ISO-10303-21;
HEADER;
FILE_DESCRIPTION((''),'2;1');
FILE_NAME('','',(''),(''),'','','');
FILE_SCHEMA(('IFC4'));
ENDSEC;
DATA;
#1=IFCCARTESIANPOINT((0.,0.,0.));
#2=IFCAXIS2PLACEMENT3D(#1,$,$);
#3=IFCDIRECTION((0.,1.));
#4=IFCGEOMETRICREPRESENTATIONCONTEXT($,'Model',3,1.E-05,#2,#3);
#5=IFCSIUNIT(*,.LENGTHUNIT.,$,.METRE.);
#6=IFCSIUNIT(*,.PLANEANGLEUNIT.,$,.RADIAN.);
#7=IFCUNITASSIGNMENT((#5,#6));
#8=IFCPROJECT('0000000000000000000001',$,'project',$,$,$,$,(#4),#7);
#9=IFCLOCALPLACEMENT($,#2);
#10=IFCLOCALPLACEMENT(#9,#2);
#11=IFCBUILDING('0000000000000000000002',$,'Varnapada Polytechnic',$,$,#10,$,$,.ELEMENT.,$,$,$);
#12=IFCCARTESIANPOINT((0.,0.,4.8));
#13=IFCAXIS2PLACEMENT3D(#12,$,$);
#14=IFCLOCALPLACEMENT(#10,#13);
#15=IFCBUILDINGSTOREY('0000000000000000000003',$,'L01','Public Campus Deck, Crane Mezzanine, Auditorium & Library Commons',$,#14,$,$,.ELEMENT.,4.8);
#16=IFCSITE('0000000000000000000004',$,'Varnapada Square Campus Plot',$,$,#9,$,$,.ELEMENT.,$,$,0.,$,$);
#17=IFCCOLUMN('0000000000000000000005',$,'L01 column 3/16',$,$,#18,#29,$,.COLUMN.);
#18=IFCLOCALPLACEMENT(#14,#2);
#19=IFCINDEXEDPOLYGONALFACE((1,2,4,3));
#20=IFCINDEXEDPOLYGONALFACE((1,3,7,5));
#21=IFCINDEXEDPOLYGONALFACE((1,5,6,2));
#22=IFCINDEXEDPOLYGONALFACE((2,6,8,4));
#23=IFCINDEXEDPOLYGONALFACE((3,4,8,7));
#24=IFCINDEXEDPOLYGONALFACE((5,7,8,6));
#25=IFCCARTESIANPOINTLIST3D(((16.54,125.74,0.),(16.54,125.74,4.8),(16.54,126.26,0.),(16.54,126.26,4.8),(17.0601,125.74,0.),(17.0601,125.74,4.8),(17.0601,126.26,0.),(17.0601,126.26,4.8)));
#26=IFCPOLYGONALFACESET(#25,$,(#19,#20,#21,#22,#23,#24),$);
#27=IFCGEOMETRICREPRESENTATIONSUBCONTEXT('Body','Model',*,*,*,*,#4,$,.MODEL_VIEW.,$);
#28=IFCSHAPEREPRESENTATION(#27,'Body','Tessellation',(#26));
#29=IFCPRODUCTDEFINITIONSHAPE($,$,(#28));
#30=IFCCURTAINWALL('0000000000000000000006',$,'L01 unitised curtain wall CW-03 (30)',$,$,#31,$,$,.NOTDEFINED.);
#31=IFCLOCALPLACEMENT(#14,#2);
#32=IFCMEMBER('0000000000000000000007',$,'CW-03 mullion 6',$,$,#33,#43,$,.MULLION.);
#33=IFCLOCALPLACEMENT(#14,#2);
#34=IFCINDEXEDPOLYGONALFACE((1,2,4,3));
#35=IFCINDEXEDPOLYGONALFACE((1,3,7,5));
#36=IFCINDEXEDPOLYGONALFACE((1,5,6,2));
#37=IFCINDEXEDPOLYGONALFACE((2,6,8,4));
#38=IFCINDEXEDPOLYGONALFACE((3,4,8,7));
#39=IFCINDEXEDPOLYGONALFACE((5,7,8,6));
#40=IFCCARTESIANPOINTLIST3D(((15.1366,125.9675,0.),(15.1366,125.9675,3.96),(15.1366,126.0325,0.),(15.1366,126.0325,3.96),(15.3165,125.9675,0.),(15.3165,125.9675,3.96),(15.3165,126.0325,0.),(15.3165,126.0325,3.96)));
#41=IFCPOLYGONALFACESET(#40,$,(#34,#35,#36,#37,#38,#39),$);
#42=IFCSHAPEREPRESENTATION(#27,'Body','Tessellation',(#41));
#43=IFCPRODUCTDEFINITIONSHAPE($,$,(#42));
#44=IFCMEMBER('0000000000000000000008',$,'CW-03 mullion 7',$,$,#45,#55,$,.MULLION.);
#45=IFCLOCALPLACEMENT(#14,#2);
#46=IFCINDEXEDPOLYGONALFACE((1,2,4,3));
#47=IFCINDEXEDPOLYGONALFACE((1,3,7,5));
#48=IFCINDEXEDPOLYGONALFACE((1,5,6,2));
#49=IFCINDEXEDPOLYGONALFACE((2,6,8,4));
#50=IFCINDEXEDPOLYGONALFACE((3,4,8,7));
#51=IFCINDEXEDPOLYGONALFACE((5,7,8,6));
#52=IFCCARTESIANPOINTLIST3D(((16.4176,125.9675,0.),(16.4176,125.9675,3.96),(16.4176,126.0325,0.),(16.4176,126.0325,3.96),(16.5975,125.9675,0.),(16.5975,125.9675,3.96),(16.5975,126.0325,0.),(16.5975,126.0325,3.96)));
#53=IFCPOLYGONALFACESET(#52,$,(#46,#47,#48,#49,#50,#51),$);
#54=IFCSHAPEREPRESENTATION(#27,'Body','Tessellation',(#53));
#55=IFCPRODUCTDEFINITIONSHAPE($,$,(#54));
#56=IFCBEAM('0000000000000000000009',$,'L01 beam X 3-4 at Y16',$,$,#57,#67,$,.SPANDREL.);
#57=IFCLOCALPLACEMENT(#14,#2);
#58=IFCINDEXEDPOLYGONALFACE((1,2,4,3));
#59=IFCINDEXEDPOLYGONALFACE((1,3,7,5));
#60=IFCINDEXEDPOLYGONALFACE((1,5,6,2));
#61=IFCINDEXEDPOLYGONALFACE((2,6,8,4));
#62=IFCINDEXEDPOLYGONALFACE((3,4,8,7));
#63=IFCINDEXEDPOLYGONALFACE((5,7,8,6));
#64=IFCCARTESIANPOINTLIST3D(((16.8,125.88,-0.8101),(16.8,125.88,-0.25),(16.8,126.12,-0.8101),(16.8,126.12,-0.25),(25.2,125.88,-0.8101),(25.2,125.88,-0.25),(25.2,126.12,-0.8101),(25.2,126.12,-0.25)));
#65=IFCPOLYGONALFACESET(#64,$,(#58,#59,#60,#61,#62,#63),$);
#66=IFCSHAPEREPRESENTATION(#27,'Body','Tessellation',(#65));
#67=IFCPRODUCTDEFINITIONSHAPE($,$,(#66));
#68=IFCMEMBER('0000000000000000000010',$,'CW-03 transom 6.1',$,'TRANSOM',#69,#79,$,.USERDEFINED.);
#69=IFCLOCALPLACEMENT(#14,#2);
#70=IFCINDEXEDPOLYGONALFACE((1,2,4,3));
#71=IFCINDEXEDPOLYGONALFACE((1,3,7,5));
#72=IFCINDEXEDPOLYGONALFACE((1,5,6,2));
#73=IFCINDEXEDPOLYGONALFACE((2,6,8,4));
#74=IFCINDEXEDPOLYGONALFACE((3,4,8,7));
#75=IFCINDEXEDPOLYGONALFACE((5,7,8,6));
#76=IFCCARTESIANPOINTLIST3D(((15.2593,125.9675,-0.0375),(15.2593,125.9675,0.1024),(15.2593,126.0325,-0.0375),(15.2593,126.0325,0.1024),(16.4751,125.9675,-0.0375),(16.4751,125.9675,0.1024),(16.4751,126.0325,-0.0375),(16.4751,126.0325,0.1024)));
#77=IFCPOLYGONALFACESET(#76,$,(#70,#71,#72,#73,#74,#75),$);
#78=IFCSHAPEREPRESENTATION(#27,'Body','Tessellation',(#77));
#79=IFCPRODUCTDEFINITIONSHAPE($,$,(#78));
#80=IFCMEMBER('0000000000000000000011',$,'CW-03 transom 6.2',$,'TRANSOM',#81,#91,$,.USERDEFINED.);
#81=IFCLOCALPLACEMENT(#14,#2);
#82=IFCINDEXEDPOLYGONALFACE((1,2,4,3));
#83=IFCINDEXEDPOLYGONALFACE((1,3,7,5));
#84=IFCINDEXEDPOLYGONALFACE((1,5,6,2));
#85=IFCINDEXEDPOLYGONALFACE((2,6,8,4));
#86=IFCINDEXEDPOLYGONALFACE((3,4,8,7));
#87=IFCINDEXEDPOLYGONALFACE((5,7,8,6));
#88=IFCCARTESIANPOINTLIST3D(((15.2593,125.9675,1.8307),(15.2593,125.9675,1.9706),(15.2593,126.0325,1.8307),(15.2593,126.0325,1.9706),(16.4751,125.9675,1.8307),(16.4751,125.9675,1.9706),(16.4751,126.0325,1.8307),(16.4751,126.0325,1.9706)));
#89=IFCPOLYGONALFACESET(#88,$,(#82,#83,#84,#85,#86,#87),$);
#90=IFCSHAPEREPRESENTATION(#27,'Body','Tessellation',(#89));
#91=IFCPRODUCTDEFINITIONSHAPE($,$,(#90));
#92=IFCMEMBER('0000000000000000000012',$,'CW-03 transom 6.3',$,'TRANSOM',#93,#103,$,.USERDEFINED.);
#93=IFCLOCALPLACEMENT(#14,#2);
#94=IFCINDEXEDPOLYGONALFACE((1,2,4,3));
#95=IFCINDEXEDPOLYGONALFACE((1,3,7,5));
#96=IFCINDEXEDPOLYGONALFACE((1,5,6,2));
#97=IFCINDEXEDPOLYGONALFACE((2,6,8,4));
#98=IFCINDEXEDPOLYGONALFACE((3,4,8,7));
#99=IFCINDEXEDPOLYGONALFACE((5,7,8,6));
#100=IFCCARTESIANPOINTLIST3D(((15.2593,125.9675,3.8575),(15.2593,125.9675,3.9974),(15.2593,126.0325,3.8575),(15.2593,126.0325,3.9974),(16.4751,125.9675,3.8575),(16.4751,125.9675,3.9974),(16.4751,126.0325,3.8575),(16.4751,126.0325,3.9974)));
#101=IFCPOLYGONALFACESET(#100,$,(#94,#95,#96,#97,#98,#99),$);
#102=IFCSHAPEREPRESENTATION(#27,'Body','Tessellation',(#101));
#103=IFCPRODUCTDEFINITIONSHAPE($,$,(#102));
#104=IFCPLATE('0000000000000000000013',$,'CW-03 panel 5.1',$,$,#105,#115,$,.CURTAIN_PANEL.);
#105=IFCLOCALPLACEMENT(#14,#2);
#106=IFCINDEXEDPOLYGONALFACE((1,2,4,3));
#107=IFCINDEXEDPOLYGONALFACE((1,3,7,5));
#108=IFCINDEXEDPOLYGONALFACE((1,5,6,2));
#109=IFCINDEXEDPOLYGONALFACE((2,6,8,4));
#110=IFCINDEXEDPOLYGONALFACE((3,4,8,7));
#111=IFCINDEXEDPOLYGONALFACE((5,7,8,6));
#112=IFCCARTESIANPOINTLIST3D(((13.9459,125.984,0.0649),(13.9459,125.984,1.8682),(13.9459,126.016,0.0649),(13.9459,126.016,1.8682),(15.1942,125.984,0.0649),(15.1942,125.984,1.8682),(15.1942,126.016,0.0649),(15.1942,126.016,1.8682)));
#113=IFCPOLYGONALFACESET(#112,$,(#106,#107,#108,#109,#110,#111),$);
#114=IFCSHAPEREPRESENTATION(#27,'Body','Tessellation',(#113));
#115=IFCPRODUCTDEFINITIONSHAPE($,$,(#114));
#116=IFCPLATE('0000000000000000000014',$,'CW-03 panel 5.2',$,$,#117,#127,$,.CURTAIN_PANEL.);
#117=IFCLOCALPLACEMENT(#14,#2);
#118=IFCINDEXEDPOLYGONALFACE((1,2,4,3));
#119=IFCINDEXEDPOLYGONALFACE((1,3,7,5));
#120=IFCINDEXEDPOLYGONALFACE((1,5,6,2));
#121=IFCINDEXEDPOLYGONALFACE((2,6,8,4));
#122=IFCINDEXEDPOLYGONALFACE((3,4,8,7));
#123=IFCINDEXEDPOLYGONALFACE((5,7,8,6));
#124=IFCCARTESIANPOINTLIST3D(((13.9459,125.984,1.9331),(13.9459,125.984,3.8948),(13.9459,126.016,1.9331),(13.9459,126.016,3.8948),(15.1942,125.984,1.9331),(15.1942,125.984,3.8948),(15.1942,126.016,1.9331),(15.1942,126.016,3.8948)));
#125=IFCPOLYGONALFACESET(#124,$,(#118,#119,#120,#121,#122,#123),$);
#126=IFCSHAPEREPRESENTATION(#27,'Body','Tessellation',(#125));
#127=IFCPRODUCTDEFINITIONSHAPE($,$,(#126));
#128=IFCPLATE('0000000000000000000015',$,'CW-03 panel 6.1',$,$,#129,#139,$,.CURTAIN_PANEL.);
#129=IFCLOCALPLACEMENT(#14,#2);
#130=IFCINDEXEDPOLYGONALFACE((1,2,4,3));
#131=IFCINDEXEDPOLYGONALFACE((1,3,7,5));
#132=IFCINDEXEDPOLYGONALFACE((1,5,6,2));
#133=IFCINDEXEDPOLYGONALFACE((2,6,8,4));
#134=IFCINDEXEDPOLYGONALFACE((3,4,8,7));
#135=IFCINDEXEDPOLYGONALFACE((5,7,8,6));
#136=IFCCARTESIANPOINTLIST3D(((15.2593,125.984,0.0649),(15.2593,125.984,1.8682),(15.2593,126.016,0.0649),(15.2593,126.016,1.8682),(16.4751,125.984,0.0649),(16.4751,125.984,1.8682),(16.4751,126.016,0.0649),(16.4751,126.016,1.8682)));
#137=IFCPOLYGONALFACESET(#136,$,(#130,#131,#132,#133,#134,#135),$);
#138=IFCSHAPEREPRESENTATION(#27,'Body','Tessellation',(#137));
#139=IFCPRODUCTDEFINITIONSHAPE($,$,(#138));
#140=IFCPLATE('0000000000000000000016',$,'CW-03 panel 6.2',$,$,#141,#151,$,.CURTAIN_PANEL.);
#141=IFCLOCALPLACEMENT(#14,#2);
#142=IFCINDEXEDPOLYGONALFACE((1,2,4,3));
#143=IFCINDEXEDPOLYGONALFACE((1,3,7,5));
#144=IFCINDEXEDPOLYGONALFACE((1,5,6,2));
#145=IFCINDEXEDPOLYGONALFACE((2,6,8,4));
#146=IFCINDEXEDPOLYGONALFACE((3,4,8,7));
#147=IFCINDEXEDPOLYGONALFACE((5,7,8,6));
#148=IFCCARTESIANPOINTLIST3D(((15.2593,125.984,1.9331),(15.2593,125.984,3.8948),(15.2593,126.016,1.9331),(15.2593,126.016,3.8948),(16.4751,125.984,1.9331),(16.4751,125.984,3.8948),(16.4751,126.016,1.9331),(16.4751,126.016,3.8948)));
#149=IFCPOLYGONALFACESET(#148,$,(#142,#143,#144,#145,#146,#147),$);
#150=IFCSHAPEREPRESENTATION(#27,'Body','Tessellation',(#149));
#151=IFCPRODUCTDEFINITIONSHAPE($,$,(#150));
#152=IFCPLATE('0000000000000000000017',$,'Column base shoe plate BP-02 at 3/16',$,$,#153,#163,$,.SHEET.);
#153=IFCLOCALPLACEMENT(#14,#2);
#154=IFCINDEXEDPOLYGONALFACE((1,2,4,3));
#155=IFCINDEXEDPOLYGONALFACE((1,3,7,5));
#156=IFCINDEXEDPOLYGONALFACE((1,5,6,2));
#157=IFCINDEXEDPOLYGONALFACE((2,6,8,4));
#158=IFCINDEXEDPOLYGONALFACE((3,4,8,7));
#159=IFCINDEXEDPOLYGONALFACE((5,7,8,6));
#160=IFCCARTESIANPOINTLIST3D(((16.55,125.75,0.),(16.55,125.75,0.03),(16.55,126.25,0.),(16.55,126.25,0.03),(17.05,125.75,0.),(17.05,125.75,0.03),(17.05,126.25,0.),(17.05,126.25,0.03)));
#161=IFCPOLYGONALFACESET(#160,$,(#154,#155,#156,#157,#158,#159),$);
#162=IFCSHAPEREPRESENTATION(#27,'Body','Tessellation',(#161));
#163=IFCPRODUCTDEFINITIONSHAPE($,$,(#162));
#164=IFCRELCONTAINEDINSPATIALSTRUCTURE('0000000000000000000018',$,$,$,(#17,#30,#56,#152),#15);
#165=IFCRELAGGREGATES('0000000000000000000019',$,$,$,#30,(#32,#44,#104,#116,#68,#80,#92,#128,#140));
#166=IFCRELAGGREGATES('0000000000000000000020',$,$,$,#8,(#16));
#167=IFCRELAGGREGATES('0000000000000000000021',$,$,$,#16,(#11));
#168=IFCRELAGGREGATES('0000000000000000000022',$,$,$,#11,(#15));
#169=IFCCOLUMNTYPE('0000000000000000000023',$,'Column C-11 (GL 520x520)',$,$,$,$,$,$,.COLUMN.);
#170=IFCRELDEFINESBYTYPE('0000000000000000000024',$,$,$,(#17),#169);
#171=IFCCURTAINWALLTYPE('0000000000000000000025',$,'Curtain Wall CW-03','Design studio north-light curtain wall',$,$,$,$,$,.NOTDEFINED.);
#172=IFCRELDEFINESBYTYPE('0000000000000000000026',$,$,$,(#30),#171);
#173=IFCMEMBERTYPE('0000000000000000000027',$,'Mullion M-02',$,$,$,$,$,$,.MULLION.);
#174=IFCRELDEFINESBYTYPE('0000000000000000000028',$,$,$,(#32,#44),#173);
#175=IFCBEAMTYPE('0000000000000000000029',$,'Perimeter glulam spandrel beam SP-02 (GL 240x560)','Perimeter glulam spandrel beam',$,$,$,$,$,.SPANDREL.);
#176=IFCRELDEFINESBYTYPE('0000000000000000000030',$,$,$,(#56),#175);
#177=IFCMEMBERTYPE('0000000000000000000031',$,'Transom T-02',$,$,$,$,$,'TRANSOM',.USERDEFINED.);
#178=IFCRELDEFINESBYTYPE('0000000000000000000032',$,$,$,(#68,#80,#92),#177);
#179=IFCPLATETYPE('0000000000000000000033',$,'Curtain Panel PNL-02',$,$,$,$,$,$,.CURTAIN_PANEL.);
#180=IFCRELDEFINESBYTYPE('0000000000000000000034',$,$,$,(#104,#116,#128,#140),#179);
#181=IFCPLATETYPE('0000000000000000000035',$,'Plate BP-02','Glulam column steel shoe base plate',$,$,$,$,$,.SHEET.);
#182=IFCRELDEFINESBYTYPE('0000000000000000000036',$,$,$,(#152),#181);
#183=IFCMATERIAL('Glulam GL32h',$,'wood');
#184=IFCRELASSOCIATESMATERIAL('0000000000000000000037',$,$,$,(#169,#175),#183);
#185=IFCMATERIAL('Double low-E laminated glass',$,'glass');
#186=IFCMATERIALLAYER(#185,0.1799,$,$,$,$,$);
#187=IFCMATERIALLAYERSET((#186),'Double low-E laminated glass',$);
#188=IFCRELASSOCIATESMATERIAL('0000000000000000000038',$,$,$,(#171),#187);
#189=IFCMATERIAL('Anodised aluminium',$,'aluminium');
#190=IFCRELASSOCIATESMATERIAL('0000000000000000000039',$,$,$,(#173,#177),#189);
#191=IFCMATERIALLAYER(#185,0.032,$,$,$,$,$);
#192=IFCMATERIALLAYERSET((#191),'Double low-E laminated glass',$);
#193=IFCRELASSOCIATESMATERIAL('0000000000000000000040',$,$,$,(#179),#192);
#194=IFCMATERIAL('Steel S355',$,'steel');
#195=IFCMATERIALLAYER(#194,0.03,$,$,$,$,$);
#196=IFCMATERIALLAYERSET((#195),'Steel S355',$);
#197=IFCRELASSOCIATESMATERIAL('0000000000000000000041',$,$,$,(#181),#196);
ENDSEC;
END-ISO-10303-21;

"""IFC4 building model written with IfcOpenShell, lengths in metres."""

from ifc_helpers import new_model, si_unit, direction, frame, origin, origin_2d, place, context, subcontext, project, spatial, rectangle, extrude, material, layer, layer_set, material_profile, profile_set, type_object, element, aggregate, save


model = new_model("IFC4")

# Units and contexts
model_context = context("Model", 3, precision=1e-05, world=origin(), true_north=direction((0.0, 1.0)))
body_context = subcontext(model_context, "Body", "Model", "MODEL_VIEW")
ifc_project = project(units=[si_unit("LENGTHUNIT", "METRE"), si_unit("PLANEANGLEUNIT", "RADIAN")], contexts=[model_context])

# Site, building, storey
site_placement = place(None, origin())
site = spatial("IfcSite", under=ifc_project, at=site_placement, Name="Varnapada Square Campus Plot", CompositionType="ELEMENT", RefElevation=0.0)
building_placement = place(site_placement, origin())
building = spatial("IfcBuilding", under=site, at=building_placement, Name="Varnapada Polytechnic", CompositionType="ELEMENT")
storey_placement = place(building_placement, frame((0.0, 0.0, 4.8)))
storey = spatial("IfcBuildingStorey", under=building, at=storey_placement, Name="L01", Description="Public Campus Deck, Crane Mezzanine, Auditorium & Library Commons", CompositionType="ELEMENT", Elevation=4.8)

# Column
ifc_material_1 = material(Name="Glulam GL32h", Category="wood")
ifc_material_profile_1 = material_profile(ifc_material_1, rectangle(XDim=0.52, YDim=0.52, at=origin_2d()), Name="GL 520x520")
ifc_profile_set_1 = profile_set([ifc_material_profile_1], Name="Glulam GL32h")
column_type = type_object("IfcColumnType", Name="Column C-11 (GL 520x520)", PredefinedType="COLUMN", material=ifc_profile_set_1)
column_placement = place(storey_placement, frame((16.8, 126.0, 0.0), z_axis=(0.0, 0.0, 1.0), x_axis=(1.0, 0.0, 0.0)))
element("IfcColumn", 1, at=column_placement, inside=storey, type_object=column_type, Name="L01 column 3/16", PredefinedType="COLUMN", context=body_context, shape_type="SweptSolid", body=[
    extrude(rectangle(XDim=0.52, YDim=0.52, at=origin_2d()), origin(), (0.0, 0.0, 1.0), 4.8),
])

# Curtain wall, members
ifc_material_2 = material(Name="Double low-E laminated glass", Category="glass")
ifc_layer_1 = layer(ifc_material_2, 0.1799)
ifc_layer_set_1 = layer_set([ifc_layer_1], Name="Double low-E laminated glass")
curtain_wall_type = type_object("IfcCurtainWallType", Name="Curtain Wall CW-03", Description="Design studio north-light curtain wall", PredefinedType="NOTDEFINED", material=ifc_layer_set_1)
curtain_wall_placement = place(storey_placement, origin())
curtain_wall = element("IfcCurtainWall", 2, at=curtain_wall_placement, inside=storey, type_object=curtain_wall_type, Name="L01 unitised curtain wall CW-03 (30)", PredefinedType="NOTDEFINED")
ifc_material_3 = material(Name="Anodised aluminium", Category="aluminium")
ifc_material_profile_2 = material_profile(ifc_material_3, rectangle(XDim=0.0649, YDim=0.1799, at=origin_2d()), Name="ALU M65x180")
ifc_profile_set_2 = profile_set([ifc_material_profile_2], Name="Anodised aluminium")
member_type_1 = type_object("IfcMemberType", Name="Mullion M-02", PredefinedType="MULLION", material=ifc_profile_set_2)
member_1_placement = place(storey_placement, frame((15.2266, 126.0, 0.0), z_axis=(0.0, 0.0, 1.0), x_axis=(0.0, 1.0, 0.0)))
member_1 = element("IfcMember", 3, at=member_1_placement, type_object=member_type_1, Name="CW-03 mullion 6", PredefinedType="MULLION", context=body_context, shape_type="SweptSolid", body=[
    extrude(rectangle(XDim=0.0649, YDim=0.1799, at=origin_2d()), origin(), (0.0, 0.0, 1.0), 3.96),
])
member_2_placement = place(storey_placement, frame((16.5076, 126.0, 0.0), z_axis=(0.0, 0.0, 1.0), x_axis=(0.0, 1.0, 0.0)))
member_2 = element("IfcMember", 4, at=member_2_placement, type_object=member_type_1, Name="CW-03 mullion 7", PredefinedType="MULLION", context=body_context, shape_type="SweptSolid", body=[
    extrude(rectangle(XDim=0.0649, YDim=0.1799, at=origin_2d()), origin(), (0.0, 0.0, 1.0), 3.96),
])

# Beam
ifc_material_profile_3 = material_profile(ifc_material_1, rectangle(XDim=0.24, YDim=0.5601, at=origin_2d()), Name="GL 240x560")
ifc_profile_set_3 = profile_set([ifc_material_profile_3], Name="Glulam GL32h")
beam_type = type_object("IfcBeamType", Name="Perimeter glulam spandrel beam SP-02 (GL 240x560)", Description="Perimeter glulam spandrel beam", PredefinedType="SPANDREL", material=ifc_profile_set_3)
beam_placement = place(storey_placement, frame((16.8, 126.0, -0.53), z_axis=(1.0, 0.0, 0.0), x_axis=(0.0, 1.0, 0.0)))
element("IfcBeam", 5, at=beam_placement, inside=storey, type_object=beam_type, Name="L01 beam X 3-4 at Y16", PredefinedType="SPANDREL", context=body_context, shape_type="SweptSolid", body=[
    extrude(rectangle(XDim=0.24, YDim=0.5601, at=origin_2d()), origin(), (0.0, 0.0, 1.0), 8.3999),
])

# Members
ifc_material_profile_4 = material_profile(ifc_material_3, rectangle(XDim=0.0649, YDim=0.1399, at=origin_2d()), Name="ALU T65x140")
ifc_profile_set_4 = profile_set([ifc_material_profile_4], Name="Anodised aluminium")
member_type_2 = type_object("IfcMemberType", Name="Transom T-02", ElementType="TRANSOM", PredefinedType="USERDEFINED", material=ifc_profile_set_4)
member_3_placement = place(storey_placement, frame((15.2593, 126.0, 0.0325), z_axis=(1.0, 0.0, 0.0), x_axis=(0.0, 1.0, 0.0)))
member_3 = element("IfcMember", 6, at=member_3_placement, type_object=member_type_2, Name="CW-03 transom 6.1", ObjectType="TRANSOM", PredefinedType="USERDEFINED", context=body_context, shape_type="SweptSolid", body=[
    extrude(rectangle(XDim=0.0649, YDim=0.1399, at=origin_2d()), origin(), (0.0, 0.0, 1.0), 1.2158),
])
member_4_placement = place(storey_placement, frame((15.2593, 126.0, 1.9006), z_axis=(1.0, 0.0, 0.0), x_axis=(0.0, 1.0, 0.0)))
member_4 = element("IfcMember", 7, at=member_4_placement, type_object=member_type_2, Name="CW-03 transom 6.2", ObjectType="TRANSOM", PredefinedType="USERDEFINED", context=body_context, shape_type="SweptSolid", body=[
    extrude(rectangle(XDim=0.0649, YDim=0.1399, at=origin_2d()), origin(), (0.0, 0.0, 1.0), 1.2158),
])
member_5_placement = place(storey_placement, frame((15.2593, 126.0, 3.9275), z_axis=(1.0, 0.0, 0.0), x_axis=(0.0, 1.0, 0.0)))
member_5 = element("IfcMember", 8, at=member_5_placement, type_object=member_type_2, Name="CW-03 transom 6.3", ObjectType="TRANSOM", PredefinedType="USERDEFINED", context=body_context, shape_type="SweptSolid", body=[
    extrude(rectangle(XDim=0.0649, YDim=0.1399, at=origin_2d()), origin(), (0.0, 0.0, 1.0), 1.2158),
])

# Plates
ifc_layer_2 = layer(ifc_material_2, 0.032)
ifc_layer_set_2 = layer_set([ifc_layer_2], Name="Double low-E laminated glass")
plate_type_1 = type_object("IfcPlateType", Name="Curtain Panel PNL-02", PredefinedType="CURTAIN_PANEL", material=ifc_layer_set_2)
plate_1_placement = place(storey_placement, frame((14.5701, 126.0, 0.0649), z_axis=(0.0, 0.0, 1.0), x_axis=(1.0, 0.0, 0.0)))
plate_1 = element("IfcPlate", 9, at=plate_1_placement, type_object=plate_type_1, Name="CW-03 panel 5.1", PredefinedType="CURTAIN_PANEL", context=body_context, shape_type="SweptSolid", body=[
    extrude(rectangle(XDim=1.2483, YDim=0.032, at=origin_2d()), origin(), (0.0, 0.0, 1.0), 1.8032),
])
plate_2_placement = place(storey_placement, frame((14.5701, 126.0, 1.9331), z_axis=(0.0, 0.0, 1.0), x_axis=(1.0, 0.0, 0.0)))
plate_2 = element("IfcPlate", 10, at=plate_2_placement, type_object=plate_type_1, Name="CW-03 panel 5.2", PredefinedType="CURTAIN_PANEL", context=body_context, shape_type="SweptSolid", body=[
    extrude(rectangle(XDim=1.2483, YDim=0.032, at=origin_2d()), origin(), (0.0, 0.0, 1.0), 1.9617),
])
plate_3_placement = place(storey_placement, frame((15.8672, 126.0, 0.0649), z_axis=(0.0, 0.0, 1.0), x_axis=(1.0, 0.0, 0.0)))
plate_3 = element("IfcPlate", 11, at=plate_3_placement, type_object=plate_type_1, Name="CW-03 panel 6.1", PredefinedType="CURTAIN_PANEL", context=body_context, shape_type="SweptSolid", body=[
    extrude(rectangle(XDim=1.2158, YDim=0.032, at=origin_2d()), origin(), (0.0, 0.0, 1.0), 1.8032),
])
plate_4_placement = place(storey_placement, frame((15.8672, 126.0, 1.9331), z_axis=(0.0, 0.0, 1.0), x_axis=(1.0, 0.0, 0.0)))
plate_4 = element("IfcPlate", 12, at=plate_4_placement, type_object=plate_type_1, Name="CW-03 panel 6.2", PredefinedType="CURTAIN_PANEL", context=body_context, shape_type="SweptSolid", body=[
    extrude(rectangle(XDim=1.2158, YDim=0.032, at=origin_2d()), origin(), (0.0, 0.0, 1.0), 1.9617),
])
aggregate(curtain_wall, [member_1, member_2, plate_1, plate_2, member_3, member_4, member_5, plate_3, plate_4])
ifc_material_4 = material(Name="Steel S355", Category="steel")
ifc_layer_3 = layer(ifc_material_4, 0.03)
ifc_layer_set_3 = layer_set([ifc_layer_3], Name="Steel S355")
plate_type_2 = type_object("IfcPlateType", Name="Plate BP-02", Description="Glulam column steel shoe base plate", PredefinedType="SHEET", material=ifc_layer_set_3)
plate_5_placement = place(storey_placement, frame((16.8, 126.0, 0.0), z_axis=(0.0, 0.0, 1.0), x_axis=(1.0, 0.0, 0.0)))
element("IfcPlate", 13, at=plate_5_placement, inside=storey, type_object=plate_type_2, Name="Column base shoe plate BP-02 at 3/16", PredefinedType="SHEET", context=body_context, shape_type="SweptSolid", body=[
    extrude(rectangle(XDim=0.5, YDim=0.5, at=origin_2d()), origin(), (0.0, 0.0, 1.0), 0.03),
])

save(model, "model.ifc")
